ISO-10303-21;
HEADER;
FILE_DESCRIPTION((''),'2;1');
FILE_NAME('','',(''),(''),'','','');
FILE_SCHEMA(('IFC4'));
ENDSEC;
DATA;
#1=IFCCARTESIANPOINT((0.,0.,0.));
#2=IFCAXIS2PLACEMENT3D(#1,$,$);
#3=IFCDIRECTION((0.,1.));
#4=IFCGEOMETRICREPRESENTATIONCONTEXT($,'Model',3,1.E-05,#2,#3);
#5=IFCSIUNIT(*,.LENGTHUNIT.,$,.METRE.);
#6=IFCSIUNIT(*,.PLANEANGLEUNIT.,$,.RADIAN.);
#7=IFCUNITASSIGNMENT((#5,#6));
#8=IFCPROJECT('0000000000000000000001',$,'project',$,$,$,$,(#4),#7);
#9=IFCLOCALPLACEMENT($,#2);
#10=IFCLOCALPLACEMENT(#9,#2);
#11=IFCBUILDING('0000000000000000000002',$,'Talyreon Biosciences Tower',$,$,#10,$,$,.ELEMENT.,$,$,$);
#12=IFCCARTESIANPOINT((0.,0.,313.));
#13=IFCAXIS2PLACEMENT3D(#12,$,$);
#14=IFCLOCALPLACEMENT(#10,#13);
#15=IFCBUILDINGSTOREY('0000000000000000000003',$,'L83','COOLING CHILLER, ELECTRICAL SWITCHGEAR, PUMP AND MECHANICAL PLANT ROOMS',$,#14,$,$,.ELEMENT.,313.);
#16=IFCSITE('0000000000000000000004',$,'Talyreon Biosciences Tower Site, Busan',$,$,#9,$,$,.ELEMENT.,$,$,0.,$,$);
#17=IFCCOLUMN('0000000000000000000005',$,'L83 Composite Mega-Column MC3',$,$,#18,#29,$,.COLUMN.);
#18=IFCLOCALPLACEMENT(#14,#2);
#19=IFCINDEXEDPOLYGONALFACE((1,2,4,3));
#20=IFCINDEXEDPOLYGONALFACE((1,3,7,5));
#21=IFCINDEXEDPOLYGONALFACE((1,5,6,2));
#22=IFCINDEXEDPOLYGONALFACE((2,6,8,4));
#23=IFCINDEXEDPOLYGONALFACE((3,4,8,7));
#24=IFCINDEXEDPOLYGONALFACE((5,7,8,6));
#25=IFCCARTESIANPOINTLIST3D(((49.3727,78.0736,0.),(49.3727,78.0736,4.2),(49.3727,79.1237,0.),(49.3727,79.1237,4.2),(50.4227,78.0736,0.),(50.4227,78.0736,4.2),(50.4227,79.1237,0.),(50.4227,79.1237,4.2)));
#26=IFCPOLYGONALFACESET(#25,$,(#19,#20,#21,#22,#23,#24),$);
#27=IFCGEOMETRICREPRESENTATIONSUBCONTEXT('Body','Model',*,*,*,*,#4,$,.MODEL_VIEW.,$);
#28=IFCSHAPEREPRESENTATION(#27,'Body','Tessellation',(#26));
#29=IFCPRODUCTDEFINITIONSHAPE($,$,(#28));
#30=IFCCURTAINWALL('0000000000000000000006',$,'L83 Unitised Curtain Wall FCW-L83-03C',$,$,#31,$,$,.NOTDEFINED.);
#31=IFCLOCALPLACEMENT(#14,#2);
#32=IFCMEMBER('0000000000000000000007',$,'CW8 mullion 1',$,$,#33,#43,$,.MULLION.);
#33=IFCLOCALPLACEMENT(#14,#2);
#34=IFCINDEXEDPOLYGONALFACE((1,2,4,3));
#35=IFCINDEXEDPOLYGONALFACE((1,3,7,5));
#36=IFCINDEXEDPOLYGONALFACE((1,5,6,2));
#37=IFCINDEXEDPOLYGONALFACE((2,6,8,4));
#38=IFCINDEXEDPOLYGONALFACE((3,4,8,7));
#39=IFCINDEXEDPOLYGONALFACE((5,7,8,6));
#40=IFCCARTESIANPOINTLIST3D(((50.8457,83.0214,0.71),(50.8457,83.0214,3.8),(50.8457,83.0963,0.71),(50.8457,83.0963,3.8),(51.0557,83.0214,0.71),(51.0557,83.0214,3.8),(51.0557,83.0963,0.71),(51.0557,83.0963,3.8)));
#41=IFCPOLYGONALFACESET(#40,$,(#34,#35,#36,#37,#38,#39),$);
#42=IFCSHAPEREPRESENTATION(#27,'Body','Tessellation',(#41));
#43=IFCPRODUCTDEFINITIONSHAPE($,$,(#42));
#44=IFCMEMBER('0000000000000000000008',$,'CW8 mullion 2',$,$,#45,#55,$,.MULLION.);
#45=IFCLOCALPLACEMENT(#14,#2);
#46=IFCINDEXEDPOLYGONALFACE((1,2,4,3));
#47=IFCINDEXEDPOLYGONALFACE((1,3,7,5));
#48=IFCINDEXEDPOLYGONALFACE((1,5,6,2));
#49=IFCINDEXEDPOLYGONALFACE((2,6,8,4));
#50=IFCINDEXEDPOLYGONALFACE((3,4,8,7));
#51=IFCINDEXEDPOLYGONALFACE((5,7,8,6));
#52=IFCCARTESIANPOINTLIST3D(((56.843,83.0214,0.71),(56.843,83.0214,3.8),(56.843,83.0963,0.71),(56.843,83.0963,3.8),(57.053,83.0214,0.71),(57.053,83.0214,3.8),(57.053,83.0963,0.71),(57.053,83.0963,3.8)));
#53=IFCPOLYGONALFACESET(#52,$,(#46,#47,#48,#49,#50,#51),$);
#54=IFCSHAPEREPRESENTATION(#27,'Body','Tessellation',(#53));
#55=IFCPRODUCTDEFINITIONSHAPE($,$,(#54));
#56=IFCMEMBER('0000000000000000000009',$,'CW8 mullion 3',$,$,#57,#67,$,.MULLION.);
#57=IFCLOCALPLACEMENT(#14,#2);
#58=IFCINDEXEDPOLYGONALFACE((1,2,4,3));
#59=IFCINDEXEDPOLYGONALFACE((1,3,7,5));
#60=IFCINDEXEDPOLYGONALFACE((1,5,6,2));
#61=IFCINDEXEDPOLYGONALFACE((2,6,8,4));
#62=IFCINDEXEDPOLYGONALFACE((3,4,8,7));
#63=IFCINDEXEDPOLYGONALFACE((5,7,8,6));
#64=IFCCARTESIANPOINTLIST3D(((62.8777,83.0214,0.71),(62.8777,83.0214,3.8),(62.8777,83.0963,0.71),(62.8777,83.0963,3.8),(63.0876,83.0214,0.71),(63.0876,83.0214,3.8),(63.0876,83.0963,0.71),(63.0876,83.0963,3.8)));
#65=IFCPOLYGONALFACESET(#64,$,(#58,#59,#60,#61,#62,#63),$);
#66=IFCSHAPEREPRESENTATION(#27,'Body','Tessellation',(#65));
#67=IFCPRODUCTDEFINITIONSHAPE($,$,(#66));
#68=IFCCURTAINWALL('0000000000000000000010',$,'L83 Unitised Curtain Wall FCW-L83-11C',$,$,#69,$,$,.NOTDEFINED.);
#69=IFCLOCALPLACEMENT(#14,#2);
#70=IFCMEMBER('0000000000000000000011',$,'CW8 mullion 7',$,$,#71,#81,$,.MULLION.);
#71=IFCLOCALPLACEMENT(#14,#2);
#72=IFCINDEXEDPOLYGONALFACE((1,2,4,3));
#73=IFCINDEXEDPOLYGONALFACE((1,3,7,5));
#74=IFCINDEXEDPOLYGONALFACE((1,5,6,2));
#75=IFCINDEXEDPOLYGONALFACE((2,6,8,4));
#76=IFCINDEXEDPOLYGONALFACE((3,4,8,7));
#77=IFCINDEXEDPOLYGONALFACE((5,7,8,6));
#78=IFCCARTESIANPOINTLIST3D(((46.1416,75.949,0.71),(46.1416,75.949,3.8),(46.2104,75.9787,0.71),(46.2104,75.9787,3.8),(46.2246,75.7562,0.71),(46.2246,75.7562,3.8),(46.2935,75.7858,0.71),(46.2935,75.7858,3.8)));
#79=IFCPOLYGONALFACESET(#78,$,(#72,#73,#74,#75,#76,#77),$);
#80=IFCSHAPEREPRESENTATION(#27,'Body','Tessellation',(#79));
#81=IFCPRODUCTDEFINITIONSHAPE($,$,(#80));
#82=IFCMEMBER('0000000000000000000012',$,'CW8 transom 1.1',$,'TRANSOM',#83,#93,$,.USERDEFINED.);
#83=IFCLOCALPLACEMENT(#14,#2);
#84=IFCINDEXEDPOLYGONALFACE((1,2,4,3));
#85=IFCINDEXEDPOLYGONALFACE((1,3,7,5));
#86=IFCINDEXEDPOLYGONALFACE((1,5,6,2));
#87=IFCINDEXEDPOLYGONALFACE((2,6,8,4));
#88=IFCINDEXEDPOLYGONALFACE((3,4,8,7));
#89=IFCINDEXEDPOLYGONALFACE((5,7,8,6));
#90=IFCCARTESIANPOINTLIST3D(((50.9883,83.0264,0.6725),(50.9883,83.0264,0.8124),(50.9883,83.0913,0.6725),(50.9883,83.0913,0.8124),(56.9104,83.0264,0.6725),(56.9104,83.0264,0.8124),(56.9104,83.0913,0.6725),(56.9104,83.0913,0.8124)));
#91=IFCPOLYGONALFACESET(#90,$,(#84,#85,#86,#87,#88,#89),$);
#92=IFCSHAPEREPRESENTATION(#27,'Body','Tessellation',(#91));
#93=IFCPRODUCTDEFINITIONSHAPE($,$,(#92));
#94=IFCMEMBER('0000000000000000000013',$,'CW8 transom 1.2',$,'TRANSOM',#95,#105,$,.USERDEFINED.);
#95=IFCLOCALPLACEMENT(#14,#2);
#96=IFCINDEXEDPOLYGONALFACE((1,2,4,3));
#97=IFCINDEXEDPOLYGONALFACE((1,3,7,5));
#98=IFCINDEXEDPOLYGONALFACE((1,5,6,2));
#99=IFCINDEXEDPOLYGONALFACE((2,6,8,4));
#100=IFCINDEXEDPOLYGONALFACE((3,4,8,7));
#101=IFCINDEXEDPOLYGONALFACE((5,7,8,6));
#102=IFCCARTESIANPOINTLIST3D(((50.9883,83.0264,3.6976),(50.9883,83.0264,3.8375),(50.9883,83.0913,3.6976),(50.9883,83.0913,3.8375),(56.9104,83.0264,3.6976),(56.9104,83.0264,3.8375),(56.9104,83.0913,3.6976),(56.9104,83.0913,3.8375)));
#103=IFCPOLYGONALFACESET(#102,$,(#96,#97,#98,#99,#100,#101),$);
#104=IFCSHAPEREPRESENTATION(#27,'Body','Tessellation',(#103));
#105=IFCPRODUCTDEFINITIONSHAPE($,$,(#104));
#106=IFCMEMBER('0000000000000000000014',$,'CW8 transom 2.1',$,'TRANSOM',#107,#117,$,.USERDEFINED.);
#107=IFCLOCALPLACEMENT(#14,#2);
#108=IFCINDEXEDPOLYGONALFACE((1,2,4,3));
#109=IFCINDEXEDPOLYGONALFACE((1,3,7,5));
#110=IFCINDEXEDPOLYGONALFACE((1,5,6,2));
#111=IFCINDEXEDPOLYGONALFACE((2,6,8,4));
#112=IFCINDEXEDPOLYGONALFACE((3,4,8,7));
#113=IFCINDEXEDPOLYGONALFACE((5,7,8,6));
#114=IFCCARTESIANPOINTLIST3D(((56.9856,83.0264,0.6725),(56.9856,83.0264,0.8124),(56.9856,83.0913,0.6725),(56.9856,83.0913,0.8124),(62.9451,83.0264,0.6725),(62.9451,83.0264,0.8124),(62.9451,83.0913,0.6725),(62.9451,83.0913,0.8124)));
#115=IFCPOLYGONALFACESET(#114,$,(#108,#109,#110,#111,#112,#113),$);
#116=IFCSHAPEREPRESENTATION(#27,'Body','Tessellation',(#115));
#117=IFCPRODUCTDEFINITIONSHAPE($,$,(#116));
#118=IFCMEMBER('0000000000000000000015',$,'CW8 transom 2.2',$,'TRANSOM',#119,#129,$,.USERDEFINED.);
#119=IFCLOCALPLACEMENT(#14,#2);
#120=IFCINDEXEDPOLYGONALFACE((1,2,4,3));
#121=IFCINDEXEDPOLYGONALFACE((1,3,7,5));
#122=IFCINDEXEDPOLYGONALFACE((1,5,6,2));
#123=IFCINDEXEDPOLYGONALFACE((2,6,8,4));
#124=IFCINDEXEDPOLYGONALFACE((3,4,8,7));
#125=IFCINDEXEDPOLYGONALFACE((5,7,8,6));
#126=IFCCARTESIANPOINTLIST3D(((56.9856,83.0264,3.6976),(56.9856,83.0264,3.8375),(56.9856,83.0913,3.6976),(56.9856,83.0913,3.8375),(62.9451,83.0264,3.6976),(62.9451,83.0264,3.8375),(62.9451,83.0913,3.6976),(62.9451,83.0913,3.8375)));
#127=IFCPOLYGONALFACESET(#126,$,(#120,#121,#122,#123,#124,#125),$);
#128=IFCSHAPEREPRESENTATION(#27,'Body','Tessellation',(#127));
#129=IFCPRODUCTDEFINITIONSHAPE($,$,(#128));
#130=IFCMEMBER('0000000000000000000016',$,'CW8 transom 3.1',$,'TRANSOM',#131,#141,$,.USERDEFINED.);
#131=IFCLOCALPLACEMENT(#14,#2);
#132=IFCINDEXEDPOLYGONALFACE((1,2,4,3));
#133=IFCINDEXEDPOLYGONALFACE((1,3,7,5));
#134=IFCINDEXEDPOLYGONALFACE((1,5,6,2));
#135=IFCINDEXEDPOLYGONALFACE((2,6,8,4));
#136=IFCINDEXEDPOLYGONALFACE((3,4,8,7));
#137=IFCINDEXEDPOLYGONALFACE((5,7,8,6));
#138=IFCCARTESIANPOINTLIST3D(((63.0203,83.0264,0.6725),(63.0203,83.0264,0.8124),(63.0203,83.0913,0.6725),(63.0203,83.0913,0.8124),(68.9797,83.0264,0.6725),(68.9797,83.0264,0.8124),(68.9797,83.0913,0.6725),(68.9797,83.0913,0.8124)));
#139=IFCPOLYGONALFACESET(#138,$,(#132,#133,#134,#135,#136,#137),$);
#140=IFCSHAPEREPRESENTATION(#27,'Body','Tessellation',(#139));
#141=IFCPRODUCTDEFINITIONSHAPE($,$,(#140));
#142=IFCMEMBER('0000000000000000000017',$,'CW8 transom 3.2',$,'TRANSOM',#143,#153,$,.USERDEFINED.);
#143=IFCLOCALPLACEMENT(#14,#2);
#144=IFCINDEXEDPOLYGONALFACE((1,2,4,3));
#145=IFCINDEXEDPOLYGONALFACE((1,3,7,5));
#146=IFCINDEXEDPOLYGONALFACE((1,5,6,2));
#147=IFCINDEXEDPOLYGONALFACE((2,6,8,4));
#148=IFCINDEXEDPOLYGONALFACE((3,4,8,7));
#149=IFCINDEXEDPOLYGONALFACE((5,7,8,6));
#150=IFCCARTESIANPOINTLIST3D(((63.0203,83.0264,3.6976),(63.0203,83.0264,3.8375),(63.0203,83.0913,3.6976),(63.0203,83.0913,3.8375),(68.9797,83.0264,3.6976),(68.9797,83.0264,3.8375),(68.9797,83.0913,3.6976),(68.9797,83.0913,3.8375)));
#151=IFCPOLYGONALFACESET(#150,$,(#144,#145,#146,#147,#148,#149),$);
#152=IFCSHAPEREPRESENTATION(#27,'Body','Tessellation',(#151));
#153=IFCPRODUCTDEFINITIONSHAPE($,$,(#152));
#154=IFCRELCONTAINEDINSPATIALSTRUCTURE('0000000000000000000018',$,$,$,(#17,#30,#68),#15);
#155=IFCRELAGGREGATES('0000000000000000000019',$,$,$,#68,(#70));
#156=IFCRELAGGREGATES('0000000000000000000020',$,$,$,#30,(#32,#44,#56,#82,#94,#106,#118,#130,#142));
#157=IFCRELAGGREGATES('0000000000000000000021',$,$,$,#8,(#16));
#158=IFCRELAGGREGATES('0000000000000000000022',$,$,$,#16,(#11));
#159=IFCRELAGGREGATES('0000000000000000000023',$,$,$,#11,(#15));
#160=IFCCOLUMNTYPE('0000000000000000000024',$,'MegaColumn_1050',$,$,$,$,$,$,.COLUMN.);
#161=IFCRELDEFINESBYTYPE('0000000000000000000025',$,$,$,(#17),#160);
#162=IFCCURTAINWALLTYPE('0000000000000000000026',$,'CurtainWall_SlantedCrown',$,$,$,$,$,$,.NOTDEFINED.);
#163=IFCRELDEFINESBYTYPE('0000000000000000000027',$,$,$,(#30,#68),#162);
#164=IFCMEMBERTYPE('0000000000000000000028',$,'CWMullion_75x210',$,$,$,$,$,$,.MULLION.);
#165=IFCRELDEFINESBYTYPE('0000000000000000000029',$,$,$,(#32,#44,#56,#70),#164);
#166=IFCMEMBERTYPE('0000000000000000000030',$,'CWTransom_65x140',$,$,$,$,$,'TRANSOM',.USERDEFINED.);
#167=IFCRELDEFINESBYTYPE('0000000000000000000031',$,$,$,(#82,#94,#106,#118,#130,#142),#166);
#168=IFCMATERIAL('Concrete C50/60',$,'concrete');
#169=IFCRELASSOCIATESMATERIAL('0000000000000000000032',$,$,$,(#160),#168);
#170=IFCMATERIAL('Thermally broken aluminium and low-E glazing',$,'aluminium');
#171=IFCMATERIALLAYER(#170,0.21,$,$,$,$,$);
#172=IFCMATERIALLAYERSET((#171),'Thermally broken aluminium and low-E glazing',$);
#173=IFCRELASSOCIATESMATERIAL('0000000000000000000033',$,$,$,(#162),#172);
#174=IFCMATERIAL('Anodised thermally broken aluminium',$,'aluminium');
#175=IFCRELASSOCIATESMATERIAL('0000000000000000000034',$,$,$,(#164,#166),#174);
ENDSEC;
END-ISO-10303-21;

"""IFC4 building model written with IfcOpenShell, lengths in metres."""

from ifc_helpers import new_model, si_unit, direction, frame, origin, origin_2d, place, context, subcontext, project, spatial, rectangle, extrude, material, layer, layer_set, material_profile, profile_set, type_object, element, aggregate, save


model = new_model("IFC4")

# Units and contexts
model_context = context("Model", 3, precision=1e-05, world=origin(), true_north=direction((0.0, 1.0)))
body_context = subcontext(model_context, "Body", "Model", "MODEL_VIEW")
ifc_project = project(units=[si_unit("LENGTHUNIT", "METRE"), si_unit("PLANEANGLEUNIT", "RADIAN")], contexts=[model_context])

# Site, building, storey
site_placement = place(None, origin())
site = spatial("IfcSite", under=ifc_project, at=site_placement, Name="Talyreon Biosciences Tower Site, Busan", CompositionType="ELEMENT", RefElevation=0.0)
building_placement = place(site_placement, origin())
building = spatial("IfcBuilding", under=site, at=building_placement, Name="Talyreon Biosciences Tower", CompositionType="ELEMENT")
storey_placement = place(building_placement, frame((0.0, 0.0, 313.0)))
storey = spatial("IfcBuildingStorey", under=building, at=storey_placement, Name="L83", Description="COOLING CHILLER, ELECTRICAL SWITCHGEAR, PUMP AND MECHANICAL PLANT ROOMS", CompositionType="ELEMENT", Elevation=313.0)

# Column
ifc_material_1 = material(Name="Concrete C50/60", Category="concrete")
ifc_material_profile_1 = material_profile(ifc_material_1, rectangle(XDim=1.05, YDim=1.05, at=origin_2d()), Name="RC 1050x1050")
ifc_profile_set_1 = profile_set([ifc_material_profile_1], Name="Concrete C50/60")
column_type = type_object("IfcColumnType", Name="MegaColumn_1050", PredefinedType="COLUMN", material=ifc_profile_set_1)
column_placement = place(storey_placement, frame((49.8977, 78.5986, 0.0), z_axis=(0.0, 0.0, 1.0), x_axis=(1.0, 0.0, 0.0)))
element("IfcColumn", 1, at=column_placement, inside=storey, type_object=column_type, Name="L83 Composite Mega-Column MC3", PredefinedType="COLUMN", context=body_context, shape_type="SweptSolid", body=[
    extrude(rectangle(XDim=1.05, YDim=1.05, at=origin_2d()), origin(), (0.0, 0.0, 1.0), 4.2),
])

# Curtain wall, members
ifc_material_2 = material(Name="Thermally broken aluminium and low-E glazing", Category="aluminium")
ifc_layer_1 = layer(ifc_material_2, 0.21)
ifc_layer_set_1 = layer_set([ifc_layer_1], Name="Thermally broken aluminium and low-E glazing")
curtain_wall_type = type_object("IfcCurtainWallType", Name="CurtainWall_SlantedCrown", PredefinedType="NOTDEFINED", material=ifc_layer_set_1)
curtain_wall_1_placement = place(storey_placement, origin())
curtain_wall_1 = element("IfcCurtainWall", 2, at=curtain_wall_1_placement, inside=storey, type_object=curtain_wall_type, Name="L83 Unitised Curtain Wall FCW-L83-03C", PredefinedType="NOTDEFINED")
ifc_material_3 = material(Name="Anodised thermally broken aluminium", Category="aluminium")
ifc_material_profile_2 = material_profile(ifc_material_3, rectangle(XDim=0.075, YDim=0.21, at=origin_2d()), Name="ALUM MULLION 75x210")
ifc_profile_set_2 = profile_set([ifc_material_profile_2], Name="Anodised thermally broken aluminium")
member_type_1 = type_object("IfcMemberType", Name="CWMullion_75x210", PredefinedType="MULLION", material=ifc_profile_set_2)
member_1_placement = place(storey_placement, frame((50.9507, 83.0588, 0.71), z_axis=(0.0, 0.0, 1.0), x_axis=(0.0, 1.0, 0.0)))
member_1 = element("IfcMember", 3, at=member_1_placement, type_object=member_type_1, Name="CW8 mullion 1", PredefinedType="MULLION", context=body_context, shape_type="SweptSolid", body=[
    extrude(rectangle(XDim=0.075, YDim=0.21, at=origin_2d()), origin(), (0.0, 0.0, 1.0), 3.0901),
])
member_2_placement = place(storey_placement, frame((56.948, 83.0588, 0.71), z_axis=(0.0, 0.0, 1.0), x_axis=(0.0, 1.0, 0.0)))
member_2 = element("IfcMember", 4, at=member_2_placement, type_object=member_type_1, Name="CW8 mullion 2", PredefinedType="MULLION", context=body_context, shape_type="SweptSolid", body=[
    extrude(rectangle(XDim=0.075, YDim=0.21, at=origin_2d()), origin(), (0.0, 0.0, 1.0), 3.0901),
])
member_3_placement = place(storey_placement, frame((62.9827, 83.0588, 0.71), z_axis=(0.0, 0.0, 1.0), x_axis=(0.0, 1.0, 0.0)))
member_3 = element("IfcMember", 5, at=member_3_placement, type_object=member_type_1, Name="CW8 mullion 3", PredefinedType="MULLION", context=body_context, shape_type="SweptSolid", body=[
    extrude(rectangle(XDim=0.075, YDim=0.21, at=origin_2d()), origin(), (0.0, 0.0, 1.0), 3.0901),
])

# Curtain wall, member
curtain_wall_2_placement = place(storey_placement, origin())
curtain_wall_2 = element("IfcCurtainWall", 6, at=curtain_wall_2_placement, inside=storey, type_object=curtain_wall_type, Name="L83 Unitised Curtain Wall FCW-L83-11C", PredefinedType="NOTDEFINED")
member_4_placement = place(storey_placement, frame((46.2175, 75.8674, 0.71), z_axis=(0.0, 0.0, 1.0), x_axis=(-0.918487, -0.395451, 0.0)))
member_4 = element("IfcMember", 7, at=member_4_placement, type_object=member_type_1, Name="CW8 mullion 7", PredefinedType="MULLION", context=body_context, shape_type="SweptSolid", body=[
    extrude(rectangle(XDim=0.075, YDim=0.21, at=origin_2d()), origin(), (0.0, 0.0, 1.0), 3.0901),
])
aggregate(curtain_wall_2, [member_4])

# Members
ifc_material_profile_3 = material_profile(ifc_material_3, rectangle(XDim=0.0649, YDim=0.1399, at=origin_2d()), Name="ALUM TRANSOM 65x140")
ifc_profile_set_3 = profile_set([ifc_material_profile_3], Name="Anodised thermally broken aluminium")
member_type_2 = type_object("IfcMemberType", Name="CWTransom_65x140", ElementType="TRANSOM", PredefinedType="USERDEFINED", material=ifc_profile_set_3)
member_5_placement = place(storey_placement, frame((50.9883, 83.0588, 0.7424), z_axis=(1.0, 0.0, 0.0), x_axis=(0.0, 1.0, 0.0)))
member_5 = element("IfcMember", 8, at=member_5_placement, type_object=member_type_2, Name="CW8 transom 1.1", ObjectType="TRANSOM", PredefinedType="USERDEFINED", context=body_context, shape_type="SweptSolid", body=[
    extrude(rectangle(XDim=0.0649, YDim=0.1399, at=origin_2d()), origin(), (0.0, 0.0, 1.0), 5.9221),
])
member_6_placement = place(storey_placement, frame((50.9883, 83.0588, 3.7676), z_axis=(1.0, 0.0, 0.0), x_axis=(0.0, 1.0, 0.0)))
member_6 = element("IfcMember", 9, at=member_6_placement, type_object=member_type_2, Name="CW8 transom 1.2", ObjectType="TRANSOM", PredefinedType="USERDEFINED", context=body_context, shape_type="SweptSolid", body=[
    extrude(rectangle(XDim=0.0649, YDim=0.1399, at=origin_2d()), origin(), (0.0, 0.0, 1.0), 5.9221),
])
member_7_placement = place(storey_placement, frame((56.9856, 83.0588, 0.7424), z_axis=(1.0, 0.0, 0.0), x_axis=(0.0, 1.0, 0.0)))
member_7 = element("IfcMember", 10, at=member_7_placement, type_object=member_type_2, Name="CW8 transom 2.1", ObjectType="TRANSOM", PredefinedType="USERDEFINED", context=body_context, shape_type="SweptSolid", body=[
    extrude(rectangle(XDim=0.0649, YDim=0.1399, at=origin_2d()), origin(), (0.0, 0.0, 1.0), 5.9595),
])
member_8_placement = place(storey_placement, frame((56.9856, 83.0588, 3.7676), z_axis=(1.0, 0.0, 0.0), x_axis=(0.0, 1.0, 0.0)))
member_8 = element("IfcMember", 11, at=member_8_placement, type_object=member_type_2, Name="CW8 transom 2.2", ObjectType="TRANSOM", PredefinedType="USERDEFINED", context=body_context, shape_type="SweptSolid", body=[
    extrude(rectangle(XDim=0.0649, YDim=0.1399, at=origin_2d()), origin(), (0.0, 0.0, 1.0), 5.9595),
])
member_9_placement = place(storey_placement, frame((63.0203, 83.0588, 0.7424), z_axis=(1.0, 0.0, 0.0), x_axis=(0.0, 1.0, 0.0)))
member_9 = element("IfcMember", 12, at=member_9_placement, type_object=member_type_2, Name="CW8 transom 3.1", ObjectType="TRANSOM", PredefinedType="USERDEFINED", context=body_context, shape_type="SweptSolid", body=[
    extrude(rectangle(XDim=0.0649, YDim=0.1399, at=origin_2d()), origin(), (0.0, 0.0, 1.0), 5.9595),
])
member_10_placement = place(storey_placement, frame((63.0203, 83.0588, 3.7676), z_axis=(1.0, 0.0, 0.0), x_axis=(0.0, 1.0, 0.0)))
member_10 = element("IfcMember", 13, at=member_10_placement, type_object=member_type_2, Name="CW8 transom 3.2", ObjectType="TRANSOM", PredefinedType="USERDEFINED", context=body_context, shape_type="SweptSolid", body=[
    extrude(rectangle(XDim=0.0649, YDim=0.1399, at=origin_2d()), origin(), (0.0, 0.0, 1.0), 5.9595),
])

aggregate(curtain_wall_1, [member_1, member_2, member_3, member_5, member_6, member_7, member_8, member_9, member_10])

save(model, "model.ifc")
